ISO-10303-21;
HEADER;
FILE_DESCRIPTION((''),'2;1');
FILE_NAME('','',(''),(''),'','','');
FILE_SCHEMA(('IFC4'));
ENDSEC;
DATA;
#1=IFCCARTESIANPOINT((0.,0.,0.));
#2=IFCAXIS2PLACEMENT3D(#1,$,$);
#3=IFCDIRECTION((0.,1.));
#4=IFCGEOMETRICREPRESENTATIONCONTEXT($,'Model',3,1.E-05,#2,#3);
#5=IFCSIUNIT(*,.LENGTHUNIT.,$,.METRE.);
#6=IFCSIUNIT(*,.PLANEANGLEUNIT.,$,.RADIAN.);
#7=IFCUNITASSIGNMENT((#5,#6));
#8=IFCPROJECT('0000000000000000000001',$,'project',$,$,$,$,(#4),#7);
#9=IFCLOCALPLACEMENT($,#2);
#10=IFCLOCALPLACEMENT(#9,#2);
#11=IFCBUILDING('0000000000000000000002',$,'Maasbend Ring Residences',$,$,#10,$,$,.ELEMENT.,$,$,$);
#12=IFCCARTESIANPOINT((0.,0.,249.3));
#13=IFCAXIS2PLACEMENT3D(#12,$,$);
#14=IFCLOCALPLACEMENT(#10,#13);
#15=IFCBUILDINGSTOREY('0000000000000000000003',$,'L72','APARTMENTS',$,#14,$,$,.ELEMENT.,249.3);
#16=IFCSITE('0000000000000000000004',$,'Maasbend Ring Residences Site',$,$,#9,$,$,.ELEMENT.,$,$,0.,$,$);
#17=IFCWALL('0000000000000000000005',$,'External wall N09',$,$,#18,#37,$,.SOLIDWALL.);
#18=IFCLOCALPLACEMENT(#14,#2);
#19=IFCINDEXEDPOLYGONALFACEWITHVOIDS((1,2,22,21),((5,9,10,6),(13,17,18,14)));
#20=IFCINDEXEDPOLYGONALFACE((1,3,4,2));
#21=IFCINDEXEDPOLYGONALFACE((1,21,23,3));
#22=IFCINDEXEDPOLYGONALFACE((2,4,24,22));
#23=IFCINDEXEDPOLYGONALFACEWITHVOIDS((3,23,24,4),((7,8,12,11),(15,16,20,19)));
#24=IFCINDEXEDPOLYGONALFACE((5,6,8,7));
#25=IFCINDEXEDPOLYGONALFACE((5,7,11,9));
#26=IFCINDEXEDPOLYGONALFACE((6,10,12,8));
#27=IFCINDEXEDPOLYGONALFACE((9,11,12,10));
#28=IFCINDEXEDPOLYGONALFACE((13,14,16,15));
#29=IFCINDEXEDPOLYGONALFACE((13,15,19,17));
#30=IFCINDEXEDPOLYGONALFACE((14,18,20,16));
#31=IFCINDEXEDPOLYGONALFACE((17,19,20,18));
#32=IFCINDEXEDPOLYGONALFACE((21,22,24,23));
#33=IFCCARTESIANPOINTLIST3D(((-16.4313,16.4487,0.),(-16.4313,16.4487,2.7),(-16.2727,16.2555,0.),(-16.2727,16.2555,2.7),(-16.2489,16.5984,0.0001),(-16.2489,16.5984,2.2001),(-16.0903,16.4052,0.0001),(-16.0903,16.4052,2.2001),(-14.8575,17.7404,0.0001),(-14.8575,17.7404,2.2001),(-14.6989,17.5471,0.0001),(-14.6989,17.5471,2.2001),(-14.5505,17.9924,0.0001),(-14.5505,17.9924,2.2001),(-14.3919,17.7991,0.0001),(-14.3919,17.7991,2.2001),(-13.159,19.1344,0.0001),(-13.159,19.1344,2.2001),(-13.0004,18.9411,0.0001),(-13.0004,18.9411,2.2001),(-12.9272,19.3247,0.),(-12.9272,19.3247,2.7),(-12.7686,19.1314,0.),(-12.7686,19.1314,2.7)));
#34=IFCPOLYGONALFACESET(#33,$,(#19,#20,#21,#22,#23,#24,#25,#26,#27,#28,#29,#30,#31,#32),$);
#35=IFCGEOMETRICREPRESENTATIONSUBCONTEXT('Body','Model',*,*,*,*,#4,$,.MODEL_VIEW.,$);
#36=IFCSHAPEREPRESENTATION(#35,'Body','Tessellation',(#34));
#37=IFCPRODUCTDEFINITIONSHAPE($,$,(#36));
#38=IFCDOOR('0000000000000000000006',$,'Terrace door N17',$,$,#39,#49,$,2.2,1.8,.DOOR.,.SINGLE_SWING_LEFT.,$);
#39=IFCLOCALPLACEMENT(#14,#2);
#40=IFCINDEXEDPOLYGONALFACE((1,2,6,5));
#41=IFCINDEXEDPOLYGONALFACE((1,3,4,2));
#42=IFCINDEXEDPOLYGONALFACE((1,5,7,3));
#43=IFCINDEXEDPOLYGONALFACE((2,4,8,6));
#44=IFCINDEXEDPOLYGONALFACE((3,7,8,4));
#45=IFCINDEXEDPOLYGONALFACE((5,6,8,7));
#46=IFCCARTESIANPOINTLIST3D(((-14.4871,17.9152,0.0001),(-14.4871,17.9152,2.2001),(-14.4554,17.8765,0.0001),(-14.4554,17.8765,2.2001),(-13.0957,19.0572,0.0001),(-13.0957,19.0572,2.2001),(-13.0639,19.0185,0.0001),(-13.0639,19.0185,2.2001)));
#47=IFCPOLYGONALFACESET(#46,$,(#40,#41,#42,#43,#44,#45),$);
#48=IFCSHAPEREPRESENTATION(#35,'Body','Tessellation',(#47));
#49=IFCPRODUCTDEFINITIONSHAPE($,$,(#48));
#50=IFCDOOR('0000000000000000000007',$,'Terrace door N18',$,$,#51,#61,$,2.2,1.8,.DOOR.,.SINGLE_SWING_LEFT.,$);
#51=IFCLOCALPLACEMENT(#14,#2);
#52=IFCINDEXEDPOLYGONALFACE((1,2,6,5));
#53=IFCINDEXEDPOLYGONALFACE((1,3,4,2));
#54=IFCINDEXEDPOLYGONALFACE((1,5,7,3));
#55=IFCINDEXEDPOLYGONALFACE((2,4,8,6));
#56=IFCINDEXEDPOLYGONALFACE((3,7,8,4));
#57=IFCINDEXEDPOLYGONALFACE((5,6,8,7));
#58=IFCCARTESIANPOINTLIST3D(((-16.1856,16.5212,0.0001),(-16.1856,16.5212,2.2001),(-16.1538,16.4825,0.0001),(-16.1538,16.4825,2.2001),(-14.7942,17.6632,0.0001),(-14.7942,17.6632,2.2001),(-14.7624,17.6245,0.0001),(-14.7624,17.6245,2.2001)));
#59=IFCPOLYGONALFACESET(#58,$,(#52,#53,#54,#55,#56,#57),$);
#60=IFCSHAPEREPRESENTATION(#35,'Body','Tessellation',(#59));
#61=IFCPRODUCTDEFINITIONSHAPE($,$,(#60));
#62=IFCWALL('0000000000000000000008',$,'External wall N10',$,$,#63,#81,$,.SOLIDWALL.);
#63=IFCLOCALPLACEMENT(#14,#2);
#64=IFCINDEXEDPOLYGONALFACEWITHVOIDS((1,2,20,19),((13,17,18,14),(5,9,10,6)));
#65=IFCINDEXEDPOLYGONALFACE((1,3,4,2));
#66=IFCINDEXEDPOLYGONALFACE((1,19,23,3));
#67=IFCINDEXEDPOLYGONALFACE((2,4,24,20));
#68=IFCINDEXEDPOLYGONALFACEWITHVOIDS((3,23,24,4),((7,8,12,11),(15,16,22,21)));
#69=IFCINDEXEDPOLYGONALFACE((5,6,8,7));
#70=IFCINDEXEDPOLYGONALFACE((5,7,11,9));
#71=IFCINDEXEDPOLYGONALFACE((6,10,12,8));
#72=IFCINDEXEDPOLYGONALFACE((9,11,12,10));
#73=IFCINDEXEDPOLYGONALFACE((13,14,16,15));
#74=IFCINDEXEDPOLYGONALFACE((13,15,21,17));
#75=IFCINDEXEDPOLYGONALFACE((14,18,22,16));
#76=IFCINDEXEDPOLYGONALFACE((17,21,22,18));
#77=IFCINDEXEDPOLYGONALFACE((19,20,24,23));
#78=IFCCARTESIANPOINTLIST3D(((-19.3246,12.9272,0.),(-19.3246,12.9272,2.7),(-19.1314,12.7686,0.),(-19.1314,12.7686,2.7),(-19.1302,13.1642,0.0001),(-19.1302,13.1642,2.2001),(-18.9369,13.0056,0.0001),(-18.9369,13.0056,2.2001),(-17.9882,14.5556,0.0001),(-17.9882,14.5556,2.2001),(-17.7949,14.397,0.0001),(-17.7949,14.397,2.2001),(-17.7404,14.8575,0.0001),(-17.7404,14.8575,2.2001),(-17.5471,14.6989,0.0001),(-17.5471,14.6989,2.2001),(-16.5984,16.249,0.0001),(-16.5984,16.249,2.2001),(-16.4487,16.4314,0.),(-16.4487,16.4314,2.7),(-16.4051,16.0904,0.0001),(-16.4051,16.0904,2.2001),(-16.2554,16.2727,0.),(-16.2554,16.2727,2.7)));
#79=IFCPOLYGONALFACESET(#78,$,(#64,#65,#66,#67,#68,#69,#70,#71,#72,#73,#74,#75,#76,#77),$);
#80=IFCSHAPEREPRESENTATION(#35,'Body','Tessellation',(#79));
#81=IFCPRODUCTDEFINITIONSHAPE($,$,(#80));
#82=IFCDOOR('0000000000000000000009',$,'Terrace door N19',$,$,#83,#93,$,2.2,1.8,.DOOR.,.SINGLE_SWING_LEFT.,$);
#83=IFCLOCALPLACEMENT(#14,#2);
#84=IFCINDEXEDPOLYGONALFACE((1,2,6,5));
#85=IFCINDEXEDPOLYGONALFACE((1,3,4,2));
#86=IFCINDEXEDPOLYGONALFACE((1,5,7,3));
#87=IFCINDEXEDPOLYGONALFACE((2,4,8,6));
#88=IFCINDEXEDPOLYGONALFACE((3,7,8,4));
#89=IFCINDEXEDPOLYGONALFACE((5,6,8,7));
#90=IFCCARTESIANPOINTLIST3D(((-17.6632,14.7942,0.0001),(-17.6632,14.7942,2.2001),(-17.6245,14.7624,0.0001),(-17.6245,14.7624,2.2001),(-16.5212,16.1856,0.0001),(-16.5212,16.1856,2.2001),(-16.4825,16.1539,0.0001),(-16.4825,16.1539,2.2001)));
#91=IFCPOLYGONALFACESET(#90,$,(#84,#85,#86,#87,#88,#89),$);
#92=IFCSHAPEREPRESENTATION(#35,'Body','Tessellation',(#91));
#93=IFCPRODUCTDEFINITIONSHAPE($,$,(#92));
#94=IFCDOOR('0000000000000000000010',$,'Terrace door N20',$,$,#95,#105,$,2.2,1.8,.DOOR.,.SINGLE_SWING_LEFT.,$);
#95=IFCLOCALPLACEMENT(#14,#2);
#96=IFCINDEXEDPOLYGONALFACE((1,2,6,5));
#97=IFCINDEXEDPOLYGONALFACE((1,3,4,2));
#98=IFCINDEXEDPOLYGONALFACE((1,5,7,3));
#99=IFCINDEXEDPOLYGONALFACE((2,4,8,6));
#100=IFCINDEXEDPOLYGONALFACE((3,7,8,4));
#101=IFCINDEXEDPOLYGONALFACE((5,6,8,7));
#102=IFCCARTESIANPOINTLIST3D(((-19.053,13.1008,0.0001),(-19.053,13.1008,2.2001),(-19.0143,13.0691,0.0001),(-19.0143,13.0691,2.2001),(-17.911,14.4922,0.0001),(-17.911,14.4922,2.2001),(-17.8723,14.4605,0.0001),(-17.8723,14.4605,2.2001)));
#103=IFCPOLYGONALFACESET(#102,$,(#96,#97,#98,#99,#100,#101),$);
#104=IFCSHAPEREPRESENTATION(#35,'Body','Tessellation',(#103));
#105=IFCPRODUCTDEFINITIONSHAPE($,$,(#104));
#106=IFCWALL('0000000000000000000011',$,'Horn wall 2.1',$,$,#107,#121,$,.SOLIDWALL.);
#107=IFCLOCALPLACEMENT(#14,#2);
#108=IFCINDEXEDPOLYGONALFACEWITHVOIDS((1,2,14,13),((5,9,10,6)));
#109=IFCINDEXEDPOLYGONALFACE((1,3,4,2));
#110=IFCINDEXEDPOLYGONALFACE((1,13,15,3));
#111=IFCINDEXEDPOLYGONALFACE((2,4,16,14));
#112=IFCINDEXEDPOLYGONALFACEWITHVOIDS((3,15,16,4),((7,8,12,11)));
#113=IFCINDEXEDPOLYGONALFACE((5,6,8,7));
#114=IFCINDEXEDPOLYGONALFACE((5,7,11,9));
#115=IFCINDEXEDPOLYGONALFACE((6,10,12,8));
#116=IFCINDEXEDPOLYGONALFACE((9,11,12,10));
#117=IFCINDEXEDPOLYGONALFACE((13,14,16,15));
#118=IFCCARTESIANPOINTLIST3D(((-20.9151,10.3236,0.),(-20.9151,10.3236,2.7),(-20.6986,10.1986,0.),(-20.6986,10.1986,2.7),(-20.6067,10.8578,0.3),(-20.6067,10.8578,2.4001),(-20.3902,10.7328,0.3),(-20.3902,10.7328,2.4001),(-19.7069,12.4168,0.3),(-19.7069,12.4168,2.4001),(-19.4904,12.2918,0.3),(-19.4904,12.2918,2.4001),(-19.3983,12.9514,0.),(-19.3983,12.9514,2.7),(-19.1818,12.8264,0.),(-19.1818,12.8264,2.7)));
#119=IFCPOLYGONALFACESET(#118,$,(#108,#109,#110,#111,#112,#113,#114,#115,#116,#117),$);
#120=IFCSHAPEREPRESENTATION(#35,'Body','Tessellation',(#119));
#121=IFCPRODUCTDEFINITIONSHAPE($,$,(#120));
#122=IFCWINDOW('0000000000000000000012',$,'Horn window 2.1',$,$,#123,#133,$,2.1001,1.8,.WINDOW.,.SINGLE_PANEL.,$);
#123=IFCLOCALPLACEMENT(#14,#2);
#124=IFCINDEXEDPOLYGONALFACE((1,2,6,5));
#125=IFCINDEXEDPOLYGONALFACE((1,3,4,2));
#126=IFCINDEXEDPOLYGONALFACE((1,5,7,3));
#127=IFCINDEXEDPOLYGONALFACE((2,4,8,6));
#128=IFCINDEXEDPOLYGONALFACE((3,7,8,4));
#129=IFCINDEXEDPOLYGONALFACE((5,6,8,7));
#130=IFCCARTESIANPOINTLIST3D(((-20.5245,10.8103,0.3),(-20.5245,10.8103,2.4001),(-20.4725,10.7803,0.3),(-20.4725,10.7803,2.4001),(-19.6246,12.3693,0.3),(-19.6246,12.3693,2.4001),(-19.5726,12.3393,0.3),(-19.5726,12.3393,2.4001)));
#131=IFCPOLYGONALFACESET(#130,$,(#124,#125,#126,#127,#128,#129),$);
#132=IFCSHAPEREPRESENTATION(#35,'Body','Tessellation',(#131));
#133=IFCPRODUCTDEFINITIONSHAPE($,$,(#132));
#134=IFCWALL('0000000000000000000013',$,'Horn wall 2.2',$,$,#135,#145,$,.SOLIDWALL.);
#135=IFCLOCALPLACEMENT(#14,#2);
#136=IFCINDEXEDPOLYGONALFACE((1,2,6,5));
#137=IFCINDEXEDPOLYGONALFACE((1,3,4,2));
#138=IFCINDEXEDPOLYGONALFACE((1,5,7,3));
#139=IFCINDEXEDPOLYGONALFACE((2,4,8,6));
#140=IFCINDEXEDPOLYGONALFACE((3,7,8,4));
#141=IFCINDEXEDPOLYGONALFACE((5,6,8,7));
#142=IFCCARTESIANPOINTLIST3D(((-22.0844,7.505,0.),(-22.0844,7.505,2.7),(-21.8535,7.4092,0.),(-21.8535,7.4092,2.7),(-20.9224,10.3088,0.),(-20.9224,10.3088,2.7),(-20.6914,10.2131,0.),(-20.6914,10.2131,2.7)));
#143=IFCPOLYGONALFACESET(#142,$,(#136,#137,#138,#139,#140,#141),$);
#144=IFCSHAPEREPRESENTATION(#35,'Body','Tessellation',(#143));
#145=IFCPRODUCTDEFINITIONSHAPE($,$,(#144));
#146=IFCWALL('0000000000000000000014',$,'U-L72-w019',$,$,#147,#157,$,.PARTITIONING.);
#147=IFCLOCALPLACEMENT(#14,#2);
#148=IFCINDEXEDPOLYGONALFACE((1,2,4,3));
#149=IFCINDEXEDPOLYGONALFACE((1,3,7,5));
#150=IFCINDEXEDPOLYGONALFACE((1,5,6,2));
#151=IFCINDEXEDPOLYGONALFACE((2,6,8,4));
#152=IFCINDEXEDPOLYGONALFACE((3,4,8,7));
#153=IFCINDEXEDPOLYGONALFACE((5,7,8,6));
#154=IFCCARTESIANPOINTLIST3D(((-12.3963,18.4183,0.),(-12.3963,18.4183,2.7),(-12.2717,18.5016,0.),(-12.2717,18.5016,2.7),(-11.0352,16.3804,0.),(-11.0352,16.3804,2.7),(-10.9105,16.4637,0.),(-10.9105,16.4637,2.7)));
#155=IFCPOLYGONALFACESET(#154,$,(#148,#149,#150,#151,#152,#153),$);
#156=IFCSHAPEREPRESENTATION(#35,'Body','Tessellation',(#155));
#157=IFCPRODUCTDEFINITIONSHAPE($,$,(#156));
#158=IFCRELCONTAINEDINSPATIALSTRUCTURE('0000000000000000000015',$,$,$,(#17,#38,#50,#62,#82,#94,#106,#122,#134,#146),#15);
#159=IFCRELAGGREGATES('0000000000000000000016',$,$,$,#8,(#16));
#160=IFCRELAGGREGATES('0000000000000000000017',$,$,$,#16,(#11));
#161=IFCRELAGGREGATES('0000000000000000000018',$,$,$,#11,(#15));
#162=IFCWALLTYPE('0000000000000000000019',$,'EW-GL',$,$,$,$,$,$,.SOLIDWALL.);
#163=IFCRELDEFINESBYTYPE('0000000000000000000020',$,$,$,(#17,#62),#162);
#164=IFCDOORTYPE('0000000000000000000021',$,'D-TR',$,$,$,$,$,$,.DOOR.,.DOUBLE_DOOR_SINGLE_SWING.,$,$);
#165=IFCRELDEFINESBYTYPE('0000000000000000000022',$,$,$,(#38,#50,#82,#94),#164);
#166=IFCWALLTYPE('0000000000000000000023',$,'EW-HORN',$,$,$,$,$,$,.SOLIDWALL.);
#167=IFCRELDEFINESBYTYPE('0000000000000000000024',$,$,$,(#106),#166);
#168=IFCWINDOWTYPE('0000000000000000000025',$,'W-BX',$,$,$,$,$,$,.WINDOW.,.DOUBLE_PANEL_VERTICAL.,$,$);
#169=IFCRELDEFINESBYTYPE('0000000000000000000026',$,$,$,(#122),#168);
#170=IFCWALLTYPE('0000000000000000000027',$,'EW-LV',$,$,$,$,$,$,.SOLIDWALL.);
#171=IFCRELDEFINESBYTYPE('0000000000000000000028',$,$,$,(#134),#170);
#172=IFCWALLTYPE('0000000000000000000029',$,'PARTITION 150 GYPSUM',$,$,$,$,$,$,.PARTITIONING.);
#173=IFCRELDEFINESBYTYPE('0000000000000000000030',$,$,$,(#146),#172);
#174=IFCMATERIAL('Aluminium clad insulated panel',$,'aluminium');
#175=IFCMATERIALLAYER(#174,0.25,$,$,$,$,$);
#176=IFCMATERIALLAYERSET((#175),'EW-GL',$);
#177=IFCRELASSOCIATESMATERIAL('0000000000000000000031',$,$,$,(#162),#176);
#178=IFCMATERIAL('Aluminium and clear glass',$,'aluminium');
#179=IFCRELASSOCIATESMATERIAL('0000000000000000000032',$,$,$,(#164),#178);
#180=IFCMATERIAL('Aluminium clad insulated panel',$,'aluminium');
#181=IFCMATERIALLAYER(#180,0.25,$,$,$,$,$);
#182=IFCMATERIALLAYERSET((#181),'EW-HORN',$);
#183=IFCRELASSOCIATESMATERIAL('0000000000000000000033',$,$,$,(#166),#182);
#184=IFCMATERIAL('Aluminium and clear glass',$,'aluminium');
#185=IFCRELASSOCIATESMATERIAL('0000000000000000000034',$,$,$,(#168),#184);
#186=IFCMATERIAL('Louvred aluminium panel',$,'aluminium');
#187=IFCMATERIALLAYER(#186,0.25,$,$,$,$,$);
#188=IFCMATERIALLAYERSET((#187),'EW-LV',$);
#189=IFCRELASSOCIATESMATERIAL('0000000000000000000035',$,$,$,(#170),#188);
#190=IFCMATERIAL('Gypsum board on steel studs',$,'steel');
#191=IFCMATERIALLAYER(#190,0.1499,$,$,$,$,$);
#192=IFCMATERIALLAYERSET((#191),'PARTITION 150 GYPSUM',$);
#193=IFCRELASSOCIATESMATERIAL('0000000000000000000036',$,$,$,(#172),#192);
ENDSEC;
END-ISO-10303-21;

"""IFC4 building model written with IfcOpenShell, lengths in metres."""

from ifc_helpers import new_model, si_unit, direction, frame, frame_2d, origin, place, context, subcontext, project, spatial, rectangle, extrude, material, layer, layer_set, type_object, element, fill, save


model = new_model("IFC4")

# Units and contexts
model_context = context("Model", 3, precision=1e-05, world=origin(), true_north=direction((0.0, 1.0)))
body_context = subcontext(model_context, "Body", "Model", "MODEL_VIEW")
ifc_project = project(units=[si_unit("LENGTHUNIT", "METRE"), si_unit("PLANEANGLEUNIT", "RADIAN")], contexts=[model_context])

# Site, building, storey
site_placement = place(None, origin())
site = spatial("IfcSite", under=ifc_project, at=site_placement, Name="Maasbend Ring Residences Site", CompositionType="ELEMENT", RefElevation=0.0)
building_placement = place(site_placement, origin())
building = spatial("IfcBuilding", under=site, at=building_placement, Name="Maasbend Ring Residences", CompositionType="ELEMENT")
storey_placement = place(building_placement, frame((0.0, 0.0, 249.3)))
storey = spatial("IfcBuildingStorey", under=building, at=storey_placement, Name="L72", Description="APARTMENTS", CompositionType="ELEMENT", Elevation=249.3)

# Walls, openings, doors
ifc_material_1 = material(Name="Aluminium clad insulated panel", Category="aluminium")
ifc_layer_1 = layer(ifc_material_1, 0.25)
ifc_layer_set_1 = layer_set([ifc_layer_1], Name="EW-GL")
wall_type_1 = type_object("IfcWallType", Name="EW-GL", PredefinedType="SOLIDWALL", material=ifc_layer_set_1)
ifc_material_2 = material(Name="Aluminium and clear glass", Category="aluminium")
door_type_1 = type_object("IfcDoorType", Name="D-TR", OperationType="DOUBLE_DOOR_SINGLE_SWING", PredefinedType="DOOR", material=ifc_material_2)
wall_1_placement = place(storey_placement, frame((-12.8479, 19.228, 0.0), z_axis=(0.0, 0.0, 1.0), x_axis=(-0.772989, -0.634419, 0.0)))
wall_1 = element("IfcWall", 1, at=wall_1_placement, inside=storey, type_object=wall_type_1, Name="External wall N09", PredefinedType="SOLIDWALL", context=body_context, shape_type="SweptSolid", body=[
    extrude(rectangle(XDim=4.5332, YDim=0.25, at=frame_2d((2.2666, 0.0))), origin(), (0.0, 0.0, 1.0), 2.7),
])
opening_1_placement = place(wall_1_placement, frame((0.3, 0.0, 0.0)))
opening_1 = element("IfcOpeningElement", 2, at=opening_1_placement, cuts=wall_1, PredefinedType="OPENING", context=body_context, shape_type="SweptSolid", body=[
    extrude(rectangle(XDim=1.8, YDim=2.2, at=frame_2d((0.8999, 1.1001))), frame((0.0, 0.135, 0.0), z_axis=(0.0, -1.0, 0.0), x_axis=(1.0, 0.0, 0.0)), (0.0, 0.0, 1.0), 0.27),
])
opening_2_placement = place(wall_1_placement, frame((2.4973, 0.0, 0.0)))
opening_2 = element("IfcOpeningElement", 3, at=opening_2_placement, cuts=wall_1, PredefinedType="OPENING", context=body_context, shape_type="SweptSolid", body=[
    extrude(rectangle(XDim=1.8, YDim=2.2, at=frame_2d((0.8999, 1.1001))), frame((0.0, 0.135, 0.0), z_axis=(0.0, -1.0, 0.0), x_axis=(1.0, 0.0, 0.0)), (0.0, 0.0, 1.0), 0.27),
])
door_1_placement = place(opening_1_placement, origin())
door_1 = element("IfcDoor", 4, at=door_1_placement, inside=storey, type_object=door_type_1, Name="Terrace door N17", OperationType="SINGLE_SWING_LEFT", OverallHeight=2.2, OverallWidth=1.8, PredefinedType="DOOR", context=body_context, shape_type="SweptSolid", body=[
    extrude(rectangle(XDim=1.8, YDim=2.2, at=frame_2d((0.8999, 1.1001))), frame((0.0, 0.0249, 0.0), z_axis=(0.0, -1.0, 0.0), x_axis=(1.0, 0.0, 0.0)), (0.0, 0.0, 1.0), 0.05),
])
fill(opening_1, door_1)
door_2_placement = place(opening_2_placement, origin())
door_2 = element("IfcDoor", 5, at=door_2_placement, inside=storey, type_object=door_type_1, Name="Terrace door N18", OperationType="SINGLE_SWING_LEFT", OverallHeight=2.2, OverallWidth=1.8, PredefinedType="DOOR", context=body_context, shape_type="SweptSolid", body=[
    extrude(rectangle(XDim=1.8, YDim=2.2, at=frame_2d((0.8999, 1.1001))), frame((0.0, 0.0249, 0.0), z_axis=(0.0, -1.0, 0.0), x_axis=(1.0, 0.0, 0.0)), (0.0, 0.0, 1.0), 0.05),
])
fill(opening_2, door_2)
wall_2_placement = place(storey_placement, frame((-16.3521, 16.3521, 0.0), z_axis=(0.0, 0.0, 1.0), x_axis=(-0.634419, -0.772989, 0.0)))
wall_2 = element("IfcWall", 6, at=wall_2_placement, inside=storey, type_object=wall_type_1, Name="External wall N10", PredefinedType="SOLIDWALL", context=body_context, shape_type="SweptSolid", body=[
    extrude(rectangle(XDim=4.5332, YDim=0.25, at=frame_2d((2.2666, 0.0))), origin(), (0.0, 0.0, 1.0), 2.7),
])
opening_3_placement = place(wall_2_placement, frame((0.2361, 0.0, 0.0)))
opening_3 = element("IfcOpeningElement", 7, at=opening_3_placement, cuts=wall_2, PredefinedType="OPENING", context=body_context, shape_type="SweptSolid", body=[
    extrude(rectangle(XDim=1.8, YDim=2.2, at=frame_2d((0.8999, 1.1001))), frame((0.0, 0.135, 0.0), z_axis=(0.0, -1.0, 0.0), x_axis=(1.0, 0.0, 0.0)), (0.0, 0.0, 1.0), 0.27),
])
opening_4_placement = place(wall_2_placement, frame((2.4268, 0.0, 0.0)))
opening_4 = element("IfcOpeningElement", 8, at=opening_4_placement, cuts=wall_2, PredefinedType="OPENING", context=body_context, shape_type="SweptSolid", body=[
    extrude(rectangle(XDim=1.8, YDim=2.2, at=frame_2d((0.8999, 1.1001))), frame((0.0, 0.135, 0.0), z_axis=(0.0, -1.0, 0.0), x_axis=(1.0, 0.0, 0.0)), (0.0, 0.0, 1.0), 0.27),
])
door_3_placement = place(opening_3_placement, origin())
door_3 = element("IfcDoor", 9, at=door_3_placement, inside=storey, type_object=door_type_1, Name="Terrace door N19", OperationType="SINGLE_SWING_LEFT", OverallHeight=2.2, OverallWidth=1.8, PredefinedType="DOOR", context=body_context, shape_type="SweptSolid", body=[
    extrude(rectangle(XDim=1.8, YDim=2.2, at=frame_2d((0.8999, 1.1001))), frame((0.0, 0.0249, 0.0), z_axis=(0.0, -1.0, 0.0), x_axis=(1.0, 0.0, 0.0)), (0.0, 0.0, 1.0), 0.05),
])
fill(opening_3, door_3)
door_4_placement = place(opening_4_placement, origin())
door_4 = element("IfcDoor", 10, at=door_4_placement, inside=storey, type_object=door_type_1, Name="Terrace door N20", OperationType="SINGLE_SWING_LEFT", OverallHeight=2.2, OverallWidth=1.8, PredefinedType="DOOR", context=body_context, shape_type="SweptSolid", body=[
    extrude(rectangle(XDim=1.8, YDim=2.2, at=frame_2d((0.8999, 1.1001))), frame((0.0, 0.0249, 0.0), z_axis=(0.0, -1.0, 0.0), x_axis=(1.0, 0.0, 0.0)), (0.0, 0.0, 1.0), 0.05),
])
fill(opening_4, door_4)

# Wall, opening, window
ifc_material_3 = material(Name="Aluminium clad insulated panel", Category="aluminium")
ifc_layer_2 = layer(ifc_material_3, 0.25)
ifc_layer_set_2 = layer_set([ifc_layer_2], Name="EW-HORN")
wall_type_2 = type_object("IfcWallType", Name="EW-HORN", PredefinedType="SOLIDWALL", material=ifc_layer_set_2)
wall_3_placement = place(storey_placement, frame((-19.29, 12.8889, 0.0), z_axis=(0.0, 0.0, 1.0), x_axis=(-0.499904, -0.866081, 0.0)))
wall_3 = element("IfcWall", 11, at=wall_3_placement, inside=storey, type_object=wall_type_2, Name="Horn wall 2.1", PredefinedType="SOLIDWALL", context=body_context, shape_type="SweptSolid", body=[
    extrude(rectangle(XDim=3.0342, YDim=0.25, at=frame_2d((1.5171, 0.0))), origin(), (0.0, 0.0, 1.0), 2.7),
])
opening_5_placement = place(wall_3_placement, frame((0.6174, 0.0, 0.3)))
opening_5 = element("IfcOpeningElement", 12, at=opening_5_placement, cuts=wall_3, PredefinedType="OPENING", context=body_context, shape_type="SweptSolid", body=[
    extrude(rectangle(XDim=1.8, YDim=2.1001, at=frame_2d((0.8999, 1.05))), frame((0.0, 0.135, 0.0), z_axis=(0.0, -1.0, 0.0), x_axis=(1.0, 0.0, 0.0)), (0.0, 0.0, 1.0), 0.27),
])
ifc_material_4 = material(Name="Aluminium and clear glass", Category="aluminium")
window_type = type_object("IfcWindowType", Name="W-BX", PartitioningType="DOUBLE_PANEL_VERTICAL", PredefinedType="WINDOW", material=ifc_material_4)
window_placement = place(opening_5_placement, origin())
window = element("IfcWindow", 13, at=window_placement, inside=storey, type_object=window_type, Name="Horn window 2.1", OverallHeight=2.1001, OverallWidth=1.8, PartitioningType="SINGLE_PANEL", PredefinedType="WINDOW", context=body_context, shape_type="SweptSolid", body=[
    extrude(rectangle(XDim=1.8, YDim=2.1001, at=frame_2d((0.8999, 1.05))), frame((0.0, 0.03, 0.0), z_axis=(0.0, -1.0, 0.0), x_axis=(1.0, 0.0, 0.0)), (0.0, 0.0, 1.0), 0.0601),
])
fill(opening_5, window)

# Walls
ifc_material_5 = material(Name="Louvred aluminium panel", Category="aluminium")
ifc_layer_3 = layer(ifc_material_5, 0.25)
ifc_layer_set_3 = layer_set([ifc_layer_3], Name="EW-LV")
wall_type_3 = type_object("IfcWallType", Name="EW-LV", PredefinedType="SOLIDWALL", material=ifc_layer_set_3)
wall_4_placement = place(storey_placement, frame((-20.8069, 10.261, 0.0), z_axis=(0.0, 0.0, 1.0), x_axis=(-0.382873, -0.923801, 0.0)))
element("IfcWall", 14, at=wall_4_placement, inside=storey, type_object=wall_type_3, Name="Horn wall 2.2", PredefinedType="SOLIDWALL", context=body_context, shape_type="SweptSolid", body=[
    extrude(rectangle(XDim=3.0352, YDim=0.25, at=frame_2d((1.5176, 0.0))), origin(), (0.0, 0.0, 1.0), 2.7),
])
ifc_material_6 = material(Name="Gypsum board on steel studs", Category="steel")
ifc_layer_4 = layer(ifc_material_6, 0.1499)
ifc_layer_set_4 = layer_set([ifc_layer_4], Name="PARTITION 150 GYPSUM")
wall_type_4 = type_object("IfcWallType", Name="PARTITION 150 GYPSUM", PredefinedType="PARTITIONING", material=ifc_layer_set_4)
wall_5_placement = place(storey_placement, frame((-12.334, 18.46, 0.0), z_axis=(0.0, 0.0, 1.0), x_axis=(0.555413, -0.831575, 0.0)))
element("IfcWall", 15, at=wall_5_placement, inside=storey, type_object=wall_type_4, Name="U-L72-w019", PredefinedType="PARTITIONING", context=body_context, shape_type="SweptSolid", body=[
    extrude(rectangle(XDim=2.4507, YDim=0.1499, at=frame_2d((1.2253, 0.0))), origin(), (0.0, 0.0, 1.0), 2.7),
])

save(model, "model.ifc")
